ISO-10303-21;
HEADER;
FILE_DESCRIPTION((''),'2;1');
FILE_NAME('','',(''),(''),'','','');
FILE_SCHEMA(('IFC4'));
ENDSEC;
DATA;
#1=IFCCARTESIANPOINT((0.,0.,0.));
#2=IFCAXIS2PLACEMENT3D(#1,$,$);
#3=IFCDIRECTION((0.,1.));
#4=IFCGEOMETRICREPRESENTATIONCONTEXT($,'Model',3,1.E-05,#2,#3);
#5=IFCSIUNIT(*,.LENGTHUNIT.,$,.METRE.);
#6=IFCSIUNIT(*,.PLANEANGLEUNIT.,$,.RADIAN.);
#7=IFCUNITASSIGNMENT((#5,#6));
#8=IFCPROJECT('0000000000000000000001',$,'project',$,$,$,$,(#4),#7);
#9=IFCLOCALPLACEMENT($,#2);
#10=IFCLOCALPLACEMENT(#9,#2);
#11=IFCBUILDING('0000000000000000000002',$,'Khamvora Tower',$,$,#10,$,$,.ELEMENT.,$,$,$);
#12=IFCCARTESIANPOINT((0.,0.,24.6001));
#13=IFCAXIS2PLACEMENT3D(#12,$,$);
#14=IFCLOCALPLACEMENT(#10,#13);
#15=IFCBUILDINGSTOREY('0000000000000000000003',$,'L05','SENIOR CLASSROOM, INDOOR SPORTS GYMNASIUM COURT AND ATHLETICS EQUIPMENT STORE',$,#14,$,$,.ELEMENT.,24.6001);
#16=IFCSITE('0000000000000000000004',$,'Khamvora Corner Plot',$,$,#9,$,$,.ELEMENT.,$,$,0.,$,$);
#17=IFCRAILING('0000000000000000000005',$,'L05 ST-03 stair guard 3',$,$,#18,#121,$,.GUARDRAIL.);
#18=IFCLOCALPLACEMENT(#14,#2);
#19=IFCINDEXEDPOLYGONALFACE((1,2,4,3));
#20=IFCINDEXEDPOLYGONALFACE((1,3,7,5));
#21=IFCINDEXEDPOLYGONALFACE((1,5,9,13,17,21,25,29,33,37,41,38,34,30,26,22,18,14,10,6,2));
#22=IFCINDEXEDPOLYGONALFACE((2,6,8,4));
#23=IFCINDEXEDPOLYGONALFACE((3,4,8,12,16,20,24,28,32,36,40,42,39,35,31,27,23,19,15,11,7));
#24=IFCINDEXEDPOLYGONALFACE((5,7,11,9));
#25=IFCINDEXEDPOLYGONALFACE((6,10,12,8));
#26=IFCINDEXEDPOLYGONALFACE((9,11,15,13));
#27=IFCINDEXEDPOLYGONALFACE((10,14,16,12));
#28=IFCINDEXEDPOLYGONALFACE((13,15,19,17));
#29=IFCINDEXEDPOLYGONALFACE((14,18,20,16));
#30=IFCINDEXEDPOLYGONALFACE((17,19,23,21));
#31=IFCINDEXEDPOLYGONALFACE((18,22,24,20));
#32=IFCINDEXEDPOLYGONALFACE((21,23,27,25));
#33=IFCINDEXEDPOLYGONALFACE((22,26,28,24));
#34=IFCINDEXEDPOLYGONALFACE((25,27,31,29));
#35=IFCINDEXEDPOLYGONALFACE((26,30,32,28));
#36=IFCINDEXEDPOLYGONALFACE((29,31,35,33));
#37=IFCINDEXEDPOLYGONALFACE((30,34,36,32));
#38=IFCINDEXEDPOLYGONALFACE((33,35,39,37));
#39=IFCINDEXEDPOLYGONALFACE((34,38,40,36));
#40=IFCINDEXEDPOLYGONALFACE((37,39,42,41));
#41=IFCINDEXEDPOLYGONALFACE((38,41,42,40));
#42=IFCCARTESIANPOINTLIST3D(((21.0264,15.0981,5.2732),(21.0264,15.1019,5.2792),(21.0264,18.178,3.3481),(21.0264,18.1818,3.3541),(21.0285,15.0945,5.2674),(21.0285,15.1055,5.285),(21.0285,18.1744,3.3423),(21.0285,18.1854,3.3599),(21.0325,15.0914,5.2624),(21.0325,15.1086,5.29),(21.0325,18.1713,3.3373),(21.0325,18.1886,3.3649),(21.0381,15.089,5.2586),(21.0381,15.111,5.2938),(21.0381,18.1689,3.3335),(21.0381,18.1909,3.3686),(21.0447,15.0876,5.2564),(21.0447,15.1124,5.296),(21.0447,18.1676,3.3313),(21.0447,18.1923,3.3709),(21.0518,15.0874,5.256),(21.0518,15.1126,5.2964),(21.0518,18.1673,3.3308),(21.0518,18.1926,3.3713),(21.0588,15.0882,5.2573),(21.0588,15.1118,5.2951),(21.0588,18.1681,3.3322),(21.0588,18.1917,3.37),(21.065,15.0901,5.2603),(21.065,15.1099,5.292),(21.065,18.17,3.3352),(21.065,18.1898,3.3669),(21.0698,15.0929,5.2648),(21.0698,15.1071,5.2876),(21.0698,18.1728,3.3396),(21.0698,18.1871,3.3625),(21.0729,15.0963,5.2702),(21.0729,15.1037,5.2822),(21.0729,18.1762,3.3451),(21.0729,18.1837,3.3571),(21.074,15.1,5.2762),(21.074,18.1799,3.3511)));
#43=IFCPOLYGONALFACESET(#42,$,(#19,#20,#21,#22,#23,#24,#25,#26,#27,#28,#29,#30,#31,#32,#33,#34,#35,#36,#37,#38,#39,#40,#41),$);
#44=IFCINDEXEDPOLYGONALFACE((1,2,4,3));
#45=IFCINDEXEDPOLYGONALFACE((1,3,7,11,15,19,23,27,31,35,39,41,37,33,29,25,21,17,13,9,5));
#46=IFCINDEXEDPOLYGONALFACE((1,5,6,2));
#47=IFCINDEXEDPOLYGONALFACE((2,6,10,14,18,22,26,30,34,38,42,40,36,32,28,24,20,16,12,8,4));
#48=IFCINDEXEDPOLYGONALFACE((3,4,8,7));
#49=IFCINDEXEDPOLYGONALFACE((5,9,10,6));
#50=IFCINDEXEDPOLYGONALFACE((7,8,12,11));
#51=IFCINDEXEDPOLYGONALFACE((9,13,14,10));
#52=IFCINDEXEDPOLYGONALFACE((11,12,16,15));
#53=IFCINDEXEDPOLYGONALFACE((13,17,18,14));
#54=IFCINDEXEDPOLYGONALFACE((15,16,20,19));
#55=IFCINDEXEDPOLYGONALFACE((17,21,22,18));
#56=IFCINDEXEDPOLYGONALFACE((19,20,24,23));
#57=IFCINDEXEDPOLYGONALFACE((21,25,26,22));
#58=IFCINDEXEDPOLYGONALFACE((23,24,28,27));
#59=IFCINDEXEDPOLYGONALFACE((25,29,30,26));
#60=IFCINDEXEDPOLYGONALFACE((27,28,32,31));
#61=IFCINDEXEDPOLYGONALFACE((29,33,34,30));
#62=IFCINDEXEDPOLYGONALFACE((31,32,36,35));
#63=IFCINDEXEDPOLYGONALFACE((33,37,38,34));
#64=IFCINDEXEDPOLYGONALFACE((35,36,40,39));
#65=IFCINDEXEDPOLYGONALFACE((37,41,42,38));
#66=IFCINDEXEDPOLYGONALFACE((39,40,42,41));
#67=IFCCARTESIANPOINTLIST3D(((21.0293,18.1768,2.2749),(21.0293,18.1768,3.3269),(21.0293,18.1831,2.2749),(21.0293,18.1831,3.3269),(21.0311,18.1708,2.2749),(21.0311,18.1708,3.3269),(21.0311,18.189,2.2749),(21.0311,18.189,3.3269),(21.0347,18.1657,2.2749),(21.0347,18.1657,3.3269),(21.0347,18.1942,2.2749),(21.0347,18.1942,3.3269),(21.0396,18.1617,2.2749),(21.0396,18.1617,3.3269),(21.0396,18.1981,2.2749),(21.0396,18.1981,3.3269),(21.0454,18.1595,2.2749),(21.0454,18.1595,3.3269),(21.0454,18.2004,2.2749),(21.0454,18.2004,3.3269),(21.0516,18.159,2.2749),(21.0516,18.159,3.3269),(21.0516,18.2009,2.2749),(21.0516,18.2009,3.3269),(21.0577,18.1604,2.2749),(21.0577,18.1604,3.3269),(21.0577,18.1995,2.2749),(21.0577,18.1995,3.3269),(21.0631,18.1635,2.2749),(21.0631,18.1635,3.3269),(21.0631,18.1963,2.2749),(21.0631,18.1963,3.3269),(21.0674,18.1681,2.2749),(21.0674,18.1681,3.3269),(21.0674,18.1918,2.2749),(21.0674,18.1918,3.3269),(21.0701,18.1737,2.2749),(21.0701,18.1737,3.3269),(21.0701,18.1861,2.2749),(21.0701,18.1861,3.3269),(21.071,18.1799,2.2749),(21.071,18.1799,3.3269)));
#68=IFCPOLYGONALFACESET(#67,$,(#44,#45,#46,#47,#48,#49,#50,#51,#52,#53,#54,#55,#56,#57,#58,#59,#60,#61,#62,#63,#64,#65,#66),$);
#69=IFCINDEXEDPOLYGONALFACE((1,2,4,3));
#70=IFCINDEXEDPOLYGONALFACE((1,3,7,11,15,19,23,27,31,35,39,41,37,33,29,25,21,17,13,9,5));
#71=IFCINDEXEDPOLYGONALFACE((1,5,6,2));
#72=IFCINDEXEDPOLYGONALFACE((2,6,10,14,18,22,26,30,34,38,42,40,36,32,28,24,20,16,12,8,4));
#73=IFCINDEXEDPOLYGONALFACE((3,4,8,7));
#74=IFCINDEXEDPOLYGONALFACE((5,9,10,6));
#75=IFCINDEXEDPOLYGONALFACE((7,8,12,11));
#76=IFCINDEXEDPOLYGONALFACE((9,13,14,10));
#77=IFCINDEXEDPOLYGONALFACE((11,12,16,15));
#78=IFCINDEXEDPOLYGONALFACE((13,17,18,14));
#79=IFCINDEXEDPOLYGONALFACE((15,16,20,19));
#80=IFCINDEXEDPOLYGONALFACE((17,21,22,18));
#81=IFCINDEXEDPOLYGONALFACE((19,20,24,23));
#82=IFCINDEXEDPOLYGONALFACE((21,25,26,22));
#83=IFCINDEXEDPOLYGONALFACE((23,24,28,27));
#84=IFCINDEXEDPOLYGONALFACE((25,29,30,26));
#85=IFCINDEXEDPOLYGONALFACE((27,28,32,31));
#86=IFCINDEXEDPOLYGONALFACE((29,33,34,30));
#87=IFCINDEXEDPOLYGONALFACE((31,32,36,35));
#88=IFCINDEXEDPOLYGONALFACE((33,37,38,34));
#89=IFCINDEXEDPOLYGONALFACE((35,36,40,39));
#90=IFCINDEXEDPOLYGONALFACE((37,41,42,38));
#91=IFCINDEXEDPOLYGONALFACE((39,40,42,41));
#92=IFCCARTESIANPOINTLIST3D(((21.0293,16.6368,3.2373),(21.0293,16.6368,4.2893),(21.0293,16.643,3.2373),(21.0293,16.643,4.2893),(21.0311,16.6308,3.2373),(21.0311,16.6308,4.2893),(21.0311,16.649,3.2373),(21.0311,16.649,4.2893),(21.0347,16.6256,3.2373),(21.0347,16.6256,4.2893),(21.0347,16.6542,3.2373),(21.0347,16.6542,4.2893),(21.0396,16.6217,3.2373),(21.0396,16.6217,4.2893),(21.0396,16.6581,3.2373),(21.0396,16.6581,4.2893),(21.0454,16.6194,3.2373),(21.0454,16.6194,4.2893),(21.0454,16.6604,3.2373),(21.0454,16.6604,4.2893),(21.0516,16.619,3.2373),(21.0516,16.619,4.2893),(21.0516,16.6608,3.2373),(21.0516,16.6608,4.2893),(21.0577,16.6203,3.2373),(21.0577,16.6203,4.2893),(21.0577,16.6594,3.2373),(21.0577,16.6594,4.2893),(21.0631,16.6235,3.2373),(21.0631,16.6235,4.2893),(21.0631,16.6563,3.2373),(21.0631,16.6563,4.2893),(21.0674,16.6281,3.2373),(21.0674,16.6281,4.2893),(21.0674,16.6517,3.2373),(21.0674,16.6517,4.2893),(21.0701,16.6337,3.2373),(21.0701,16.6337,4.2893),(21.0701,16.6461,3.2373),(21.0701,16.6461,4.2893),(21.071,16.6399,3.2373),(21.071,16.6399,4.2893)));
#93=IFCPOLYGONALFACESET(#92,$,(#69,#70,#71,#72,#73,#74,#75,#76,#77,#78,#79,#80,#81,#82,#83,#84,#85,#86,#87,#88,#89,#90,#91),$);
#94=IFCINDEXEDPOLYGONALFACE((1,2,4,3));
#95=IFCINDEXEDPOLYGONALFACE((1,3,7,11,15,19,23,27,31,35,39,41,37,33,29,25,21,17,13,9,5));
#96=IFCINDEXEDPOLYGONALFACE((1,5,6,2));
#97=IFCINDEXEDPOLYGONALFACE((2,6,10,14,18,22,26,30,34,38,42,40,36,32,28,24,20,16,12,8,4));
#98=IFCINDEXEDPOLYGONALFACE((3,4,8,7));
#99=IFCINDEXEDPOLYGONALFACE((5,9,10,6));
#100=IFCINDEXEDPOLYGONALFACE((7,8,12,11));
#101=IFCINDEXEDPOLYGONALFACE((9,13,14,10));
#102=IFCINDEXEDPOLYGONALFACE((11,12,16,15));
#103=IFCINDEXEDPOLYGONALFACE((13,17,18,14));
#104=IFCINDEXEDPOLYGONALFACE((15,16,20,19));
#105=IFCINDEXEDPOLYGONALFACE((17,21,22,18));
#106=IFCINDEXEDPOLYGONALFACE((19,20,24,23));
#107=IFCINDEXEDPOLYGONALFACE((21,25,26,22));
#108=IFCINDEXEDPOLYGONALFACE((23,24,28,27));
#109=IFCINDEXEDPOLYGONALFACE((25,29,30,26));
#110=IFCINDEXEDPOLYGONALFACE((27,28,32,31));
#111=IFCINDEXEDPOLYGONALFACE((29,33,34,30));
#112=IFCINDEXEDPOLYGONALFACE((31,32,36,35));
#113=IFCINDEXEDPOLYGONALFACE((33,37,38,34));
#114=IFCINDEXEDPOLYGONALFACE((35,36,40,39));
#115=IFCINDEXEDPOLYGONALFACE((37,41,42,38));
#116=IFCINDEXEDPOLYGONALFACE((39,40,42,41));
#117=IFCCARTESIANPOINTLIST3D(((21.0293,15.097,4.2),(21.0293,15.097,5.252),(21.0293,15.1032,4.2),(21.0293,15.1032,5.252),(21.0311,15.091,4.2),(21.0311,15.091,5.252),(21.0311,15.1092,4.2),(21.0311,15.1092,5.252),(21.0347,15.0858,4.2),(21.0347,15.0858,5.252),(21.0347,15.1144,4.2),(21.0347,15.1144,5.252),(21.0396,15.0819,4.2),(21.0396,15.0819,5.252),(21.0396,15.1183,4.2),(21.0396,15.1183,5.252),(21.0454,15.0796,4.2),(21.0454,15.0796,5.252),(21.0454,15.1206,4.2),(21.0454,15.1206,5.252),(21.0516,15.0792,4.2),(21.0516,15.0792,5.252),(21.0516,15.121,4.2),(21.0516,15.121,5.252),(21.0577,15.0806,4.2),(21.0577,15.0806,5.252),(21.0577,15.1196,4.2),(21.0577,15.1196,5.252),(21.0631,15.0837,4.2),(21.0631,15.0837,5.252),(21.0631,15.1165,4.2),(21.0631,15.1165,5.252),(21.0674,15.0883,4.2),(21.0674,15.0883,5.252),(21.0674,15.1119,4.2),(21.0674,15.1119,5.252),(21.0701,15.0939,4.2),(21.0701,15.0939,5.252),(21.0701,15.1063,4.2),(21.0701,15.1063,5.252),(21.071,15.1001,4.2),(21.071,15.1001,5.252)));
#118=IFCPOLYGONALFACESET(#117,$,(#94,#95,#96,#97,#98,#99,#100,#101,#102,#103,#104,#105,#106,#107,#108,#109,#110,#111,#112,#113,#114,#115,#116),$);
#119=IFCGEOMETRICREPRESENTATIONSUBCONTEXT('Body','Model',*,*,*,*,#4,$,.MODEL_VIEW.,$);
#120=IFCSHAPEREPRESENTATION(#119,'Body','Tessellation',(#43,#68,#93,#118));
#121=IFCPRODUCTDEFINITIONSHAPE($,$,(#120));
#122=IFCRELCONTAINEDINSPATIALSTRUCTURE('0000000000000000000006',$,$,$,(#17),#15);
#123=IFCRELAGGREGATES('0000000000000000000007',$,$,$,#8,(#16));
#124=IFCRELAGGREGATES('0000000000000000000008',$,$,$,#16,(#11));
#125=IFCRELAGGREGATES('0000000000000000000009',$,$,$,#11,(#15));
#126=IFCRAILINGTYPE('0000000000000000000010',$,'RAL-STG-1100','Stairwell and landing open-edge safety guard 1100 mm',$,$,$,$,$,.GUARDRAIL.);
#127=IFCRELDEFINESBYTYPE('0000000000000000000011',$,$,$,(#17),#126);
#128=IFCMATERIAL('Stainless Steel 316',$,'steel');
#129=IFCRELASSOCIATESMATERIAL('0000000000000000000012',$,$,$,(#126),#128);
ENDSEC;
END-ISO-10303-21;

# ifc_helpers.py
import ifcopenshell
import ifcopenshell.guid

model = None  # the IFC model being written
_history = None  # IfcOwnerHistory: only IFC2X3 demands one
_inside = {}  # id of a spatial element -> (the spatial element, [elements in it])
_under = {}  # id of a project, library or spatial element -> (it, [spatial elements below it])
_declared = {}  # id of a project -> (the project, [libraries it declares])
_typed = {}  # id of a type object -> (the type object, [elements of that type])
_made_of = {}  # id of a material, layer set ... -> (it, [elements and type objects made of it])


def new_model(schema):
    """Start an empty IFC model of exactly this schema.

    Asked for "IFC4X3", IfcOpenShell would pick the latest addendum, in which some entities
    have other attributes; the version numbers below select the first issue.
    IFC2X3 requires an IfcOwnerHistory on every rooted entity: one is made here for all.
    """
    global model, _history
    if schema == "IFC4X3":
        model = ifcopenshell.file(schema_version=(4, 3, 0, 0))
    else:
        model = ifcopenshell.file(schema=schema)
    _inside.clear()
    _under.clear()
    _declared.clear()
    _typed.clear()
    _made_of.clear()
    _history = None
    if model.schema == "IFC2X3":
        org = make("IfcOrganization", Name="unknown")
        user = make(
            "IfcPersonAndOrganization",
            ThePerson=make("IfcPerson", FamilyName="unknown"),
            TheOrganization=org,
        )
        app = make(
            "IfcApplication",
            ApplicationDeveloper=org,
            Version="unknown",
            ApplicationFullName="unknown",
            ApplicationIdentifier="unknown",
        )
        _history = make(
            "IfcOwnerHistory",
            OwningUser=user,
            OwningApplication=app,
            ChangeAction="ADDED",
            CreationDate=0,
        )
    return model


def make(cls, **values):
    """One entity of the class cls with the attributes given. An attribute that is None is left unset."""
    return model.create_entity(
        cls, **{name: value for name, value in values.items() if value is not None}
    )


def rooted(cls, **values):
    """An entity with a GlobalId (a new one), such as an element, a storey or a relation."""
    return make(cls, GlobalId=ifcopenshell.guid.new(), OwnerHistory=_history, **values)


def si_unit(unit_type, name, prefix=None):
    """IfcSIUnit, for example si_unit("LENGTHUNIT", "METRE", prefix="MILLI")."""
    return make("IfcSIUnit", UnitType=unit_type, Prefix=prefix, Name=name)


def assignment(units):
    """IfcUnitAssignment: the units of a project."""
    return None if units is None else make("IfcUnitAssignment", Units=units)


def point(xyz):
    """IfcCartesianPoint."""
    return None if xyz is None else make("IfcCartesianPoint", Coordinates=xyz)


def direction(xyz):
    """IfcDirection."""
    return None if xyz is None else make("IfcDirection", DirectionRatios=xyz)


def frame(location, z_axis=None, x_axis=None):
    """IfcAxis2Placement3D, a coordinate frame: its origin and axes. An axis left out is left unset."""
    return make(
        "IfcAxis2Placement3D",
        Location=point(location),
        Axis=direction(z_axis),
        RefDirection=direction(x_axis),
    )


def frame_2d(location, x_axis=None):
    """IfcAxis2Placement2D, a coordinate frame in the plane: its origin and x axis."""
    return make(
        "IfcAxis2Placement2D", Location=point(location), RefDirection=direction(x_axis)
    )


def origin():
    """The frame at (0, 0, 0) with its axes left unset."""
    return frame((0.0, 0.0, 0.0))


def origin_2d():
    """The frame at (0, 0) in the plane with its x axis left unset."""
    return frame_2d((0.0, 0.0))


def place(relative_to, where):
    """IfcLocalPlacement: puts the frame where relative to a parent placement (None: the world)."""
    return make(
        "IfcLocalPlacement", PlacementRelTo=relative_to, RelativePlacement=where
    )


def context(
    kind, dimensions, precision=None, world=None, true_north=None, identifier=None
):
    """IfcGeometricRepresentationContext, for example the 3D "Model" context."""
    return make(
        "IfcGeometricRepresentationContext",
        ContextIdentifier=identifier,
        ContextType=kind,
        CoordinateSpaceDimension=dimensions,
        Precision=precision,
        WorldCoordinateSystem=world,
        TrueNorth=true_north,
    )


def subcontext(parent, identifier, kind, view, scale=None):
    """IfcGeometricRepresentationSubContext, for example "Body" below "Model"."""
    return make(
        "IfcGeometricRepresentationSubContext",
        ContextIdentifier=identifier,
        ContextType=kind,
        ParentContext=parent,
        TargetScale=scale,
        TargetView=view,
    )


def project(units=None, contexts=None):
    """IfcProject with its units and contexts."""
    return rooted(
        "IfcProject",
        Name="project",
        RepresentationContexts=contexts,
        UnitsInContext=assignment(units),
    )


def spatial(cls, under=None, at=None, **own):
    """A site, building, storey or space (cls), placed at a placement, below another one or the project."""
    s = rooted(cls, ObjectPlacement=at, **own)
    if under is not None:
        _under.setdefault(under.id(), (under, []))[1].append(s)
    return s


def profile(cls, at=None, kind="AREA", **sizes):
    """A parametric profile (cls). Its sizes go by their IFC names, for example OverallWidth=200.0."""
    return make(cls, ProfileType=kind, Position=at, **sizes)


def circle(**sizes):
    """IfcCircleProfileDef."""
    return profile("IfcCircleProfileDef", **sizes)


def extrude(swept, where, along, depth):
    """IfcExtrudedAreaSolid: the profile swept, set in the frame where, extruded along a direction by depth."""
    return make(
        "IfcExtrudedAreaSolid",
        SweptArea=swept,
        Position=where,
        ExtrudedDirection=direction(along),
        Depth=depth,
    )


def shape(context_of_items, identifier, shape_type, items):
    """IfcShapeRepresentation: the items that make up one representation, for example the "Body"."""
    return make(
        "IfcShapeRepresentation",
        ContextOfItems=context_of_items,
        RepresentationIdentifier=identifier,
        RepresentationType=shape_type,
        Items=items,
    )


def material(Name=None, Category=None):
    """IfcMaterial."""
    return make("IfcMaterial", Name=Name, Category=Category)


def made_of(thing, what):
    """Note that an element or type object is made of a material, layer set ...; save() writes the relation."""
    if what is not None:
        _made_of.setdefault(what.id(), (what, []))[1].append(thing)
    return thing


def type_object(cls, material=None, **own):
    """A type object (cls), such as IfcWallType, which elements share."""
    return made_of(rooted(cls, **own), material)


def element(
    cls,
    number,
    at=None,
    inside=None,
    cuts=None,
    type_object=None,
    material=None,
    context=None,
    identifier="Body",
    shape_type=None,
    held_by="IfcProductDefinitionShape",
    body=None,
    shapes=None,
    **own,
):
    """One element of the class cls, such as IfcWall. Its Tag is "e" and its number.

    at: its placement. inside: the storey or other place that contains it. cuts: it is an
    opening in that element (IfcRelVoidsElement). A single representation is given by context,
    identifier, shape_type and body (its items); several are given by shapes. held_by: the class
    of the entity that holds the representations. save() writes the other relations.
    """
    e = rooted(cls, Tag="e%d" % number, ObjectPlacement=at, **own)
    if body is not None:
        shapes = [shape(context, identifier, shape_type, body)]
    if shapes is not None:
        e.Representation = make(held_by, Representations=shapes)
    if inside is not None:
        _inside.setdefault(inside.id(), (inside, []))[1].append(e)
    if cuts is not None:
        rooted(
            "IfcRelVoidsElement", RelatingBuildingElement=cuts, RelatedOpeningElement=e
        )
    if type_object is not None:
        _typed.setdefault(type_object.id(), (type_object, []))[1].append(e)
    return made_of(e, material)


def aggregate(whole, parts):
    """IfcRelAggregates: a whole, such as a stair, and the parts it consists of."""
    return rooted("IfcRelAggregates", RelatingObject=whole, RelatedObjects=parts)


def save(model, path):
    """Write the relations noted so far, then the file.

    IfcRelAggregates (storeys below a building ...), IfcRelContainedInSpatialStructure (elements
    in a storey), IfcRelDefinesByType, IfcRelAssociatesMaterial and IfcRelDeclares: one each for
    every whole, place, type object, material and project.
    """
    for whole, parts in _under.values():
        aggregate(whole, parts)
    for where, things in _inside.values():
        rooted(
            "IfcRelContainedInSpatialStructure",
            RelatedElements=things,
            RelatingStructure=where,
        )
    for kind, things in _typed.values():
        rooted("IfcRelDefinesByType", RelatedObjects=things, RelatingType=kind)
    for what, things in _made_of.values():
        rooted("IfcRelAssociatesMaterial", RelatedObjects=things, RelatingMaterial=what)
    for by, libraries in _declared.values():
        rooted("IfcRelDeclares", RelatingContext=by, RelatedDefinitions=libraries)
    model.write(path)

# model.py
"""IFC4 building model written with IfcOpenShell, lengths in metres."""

from ifc_helpers import new_model, si_unit, direction, frame, origin, origin_2d, place, context, subcontext, project, spatial, circle, extrude, material, type_object, element, save


model = new_model("IFC4")

# Units and contexts
model_context = context("Model", 3, precision=1e-05, world=origin(), true_north=direction((0.0, 1.0)))
body_context = subcontext(model_context, "Body", "Model", "MODEL_VIEW")
ifc_project = project(units=[si_unit("LENGTHUNIT", "METRE"), si_unit("PLANEANGLEUNIT", "RADIAN")], contexts=[model_context])

# Site, building, storey
site_placement = place(None, origin())
site = spatial("IfcSite", under=ifc_project, at=site_placement, Name="Khamvora Corner Plot", CompositionType="ELEMENT", RefElevation=0.0)
building_placement = place(site_placement, origin())
building = spatial("IfcBuilding", under=site, at=building_placement, Name="Khamvora Tower", CompositionType="ELEMENT")
storey_placement = place(building_placement, frame((0.0, 0.0, 24.6001)))
storey = spatial("IfcBuildingStorey", under=building, at=storey_placement, Name="L05", Description="SENIOR CLASSROOM, INDOOR SPORTS GYMNASIUM COURT AND ATHLETICS EQUIPMENT STORE", CompositionType="ELEMENT", Elevation=24.6001)

# Railing
ifc_material_1 = material(Name="Stainless Steel 316", Category="steel")
railing_type_1 = type_object("IfcRailingType", Name="RAL-STG-1100", Description="Stairwell and landing open-edge safety guard 1100 mm", PredefinedType="GUARDRAIL", material=ifc_material_1)
railing_1_placement = place(storey_placement, frame((21.05, 18.1799, 2.2749)))
element("IfcRailing", 1, at=railing_1_placement, inside=storey, type_object=railing_type_1, Name="L05 ST-03 stair guard 3", PredefinedType="GUARDRAIL", context=body_context, shape_type="SweptSolid", body=[
    extrude(circle(Radius=0.0239, at=origin_2d()), frame((0.0, 0.0, 1.0762), z_axis=(0.0, -0.847979, 0.530029), x_axis=(1.0, 0.0, 0.0)), (0.0, 0.0, 1.0), 3.6321),
    extrude(circle(Radius=0.021, at=origin_2d()), origin(), (0.0, 0.0, 1.0), 1.052),
    extrude(circle(Radius=0.021, at=origin_2d()), frame((0.0, -1.54, 0.9624)), (0.0, 0.0, 1.0), 1.052),
    extrude(circle(Radius=0.021, at=origin_2d()), frame((0.0, -3.0798, 1.925)), (0.0, 0.0, 1.0), 1.052),
])

save(model, "model.ifc")
